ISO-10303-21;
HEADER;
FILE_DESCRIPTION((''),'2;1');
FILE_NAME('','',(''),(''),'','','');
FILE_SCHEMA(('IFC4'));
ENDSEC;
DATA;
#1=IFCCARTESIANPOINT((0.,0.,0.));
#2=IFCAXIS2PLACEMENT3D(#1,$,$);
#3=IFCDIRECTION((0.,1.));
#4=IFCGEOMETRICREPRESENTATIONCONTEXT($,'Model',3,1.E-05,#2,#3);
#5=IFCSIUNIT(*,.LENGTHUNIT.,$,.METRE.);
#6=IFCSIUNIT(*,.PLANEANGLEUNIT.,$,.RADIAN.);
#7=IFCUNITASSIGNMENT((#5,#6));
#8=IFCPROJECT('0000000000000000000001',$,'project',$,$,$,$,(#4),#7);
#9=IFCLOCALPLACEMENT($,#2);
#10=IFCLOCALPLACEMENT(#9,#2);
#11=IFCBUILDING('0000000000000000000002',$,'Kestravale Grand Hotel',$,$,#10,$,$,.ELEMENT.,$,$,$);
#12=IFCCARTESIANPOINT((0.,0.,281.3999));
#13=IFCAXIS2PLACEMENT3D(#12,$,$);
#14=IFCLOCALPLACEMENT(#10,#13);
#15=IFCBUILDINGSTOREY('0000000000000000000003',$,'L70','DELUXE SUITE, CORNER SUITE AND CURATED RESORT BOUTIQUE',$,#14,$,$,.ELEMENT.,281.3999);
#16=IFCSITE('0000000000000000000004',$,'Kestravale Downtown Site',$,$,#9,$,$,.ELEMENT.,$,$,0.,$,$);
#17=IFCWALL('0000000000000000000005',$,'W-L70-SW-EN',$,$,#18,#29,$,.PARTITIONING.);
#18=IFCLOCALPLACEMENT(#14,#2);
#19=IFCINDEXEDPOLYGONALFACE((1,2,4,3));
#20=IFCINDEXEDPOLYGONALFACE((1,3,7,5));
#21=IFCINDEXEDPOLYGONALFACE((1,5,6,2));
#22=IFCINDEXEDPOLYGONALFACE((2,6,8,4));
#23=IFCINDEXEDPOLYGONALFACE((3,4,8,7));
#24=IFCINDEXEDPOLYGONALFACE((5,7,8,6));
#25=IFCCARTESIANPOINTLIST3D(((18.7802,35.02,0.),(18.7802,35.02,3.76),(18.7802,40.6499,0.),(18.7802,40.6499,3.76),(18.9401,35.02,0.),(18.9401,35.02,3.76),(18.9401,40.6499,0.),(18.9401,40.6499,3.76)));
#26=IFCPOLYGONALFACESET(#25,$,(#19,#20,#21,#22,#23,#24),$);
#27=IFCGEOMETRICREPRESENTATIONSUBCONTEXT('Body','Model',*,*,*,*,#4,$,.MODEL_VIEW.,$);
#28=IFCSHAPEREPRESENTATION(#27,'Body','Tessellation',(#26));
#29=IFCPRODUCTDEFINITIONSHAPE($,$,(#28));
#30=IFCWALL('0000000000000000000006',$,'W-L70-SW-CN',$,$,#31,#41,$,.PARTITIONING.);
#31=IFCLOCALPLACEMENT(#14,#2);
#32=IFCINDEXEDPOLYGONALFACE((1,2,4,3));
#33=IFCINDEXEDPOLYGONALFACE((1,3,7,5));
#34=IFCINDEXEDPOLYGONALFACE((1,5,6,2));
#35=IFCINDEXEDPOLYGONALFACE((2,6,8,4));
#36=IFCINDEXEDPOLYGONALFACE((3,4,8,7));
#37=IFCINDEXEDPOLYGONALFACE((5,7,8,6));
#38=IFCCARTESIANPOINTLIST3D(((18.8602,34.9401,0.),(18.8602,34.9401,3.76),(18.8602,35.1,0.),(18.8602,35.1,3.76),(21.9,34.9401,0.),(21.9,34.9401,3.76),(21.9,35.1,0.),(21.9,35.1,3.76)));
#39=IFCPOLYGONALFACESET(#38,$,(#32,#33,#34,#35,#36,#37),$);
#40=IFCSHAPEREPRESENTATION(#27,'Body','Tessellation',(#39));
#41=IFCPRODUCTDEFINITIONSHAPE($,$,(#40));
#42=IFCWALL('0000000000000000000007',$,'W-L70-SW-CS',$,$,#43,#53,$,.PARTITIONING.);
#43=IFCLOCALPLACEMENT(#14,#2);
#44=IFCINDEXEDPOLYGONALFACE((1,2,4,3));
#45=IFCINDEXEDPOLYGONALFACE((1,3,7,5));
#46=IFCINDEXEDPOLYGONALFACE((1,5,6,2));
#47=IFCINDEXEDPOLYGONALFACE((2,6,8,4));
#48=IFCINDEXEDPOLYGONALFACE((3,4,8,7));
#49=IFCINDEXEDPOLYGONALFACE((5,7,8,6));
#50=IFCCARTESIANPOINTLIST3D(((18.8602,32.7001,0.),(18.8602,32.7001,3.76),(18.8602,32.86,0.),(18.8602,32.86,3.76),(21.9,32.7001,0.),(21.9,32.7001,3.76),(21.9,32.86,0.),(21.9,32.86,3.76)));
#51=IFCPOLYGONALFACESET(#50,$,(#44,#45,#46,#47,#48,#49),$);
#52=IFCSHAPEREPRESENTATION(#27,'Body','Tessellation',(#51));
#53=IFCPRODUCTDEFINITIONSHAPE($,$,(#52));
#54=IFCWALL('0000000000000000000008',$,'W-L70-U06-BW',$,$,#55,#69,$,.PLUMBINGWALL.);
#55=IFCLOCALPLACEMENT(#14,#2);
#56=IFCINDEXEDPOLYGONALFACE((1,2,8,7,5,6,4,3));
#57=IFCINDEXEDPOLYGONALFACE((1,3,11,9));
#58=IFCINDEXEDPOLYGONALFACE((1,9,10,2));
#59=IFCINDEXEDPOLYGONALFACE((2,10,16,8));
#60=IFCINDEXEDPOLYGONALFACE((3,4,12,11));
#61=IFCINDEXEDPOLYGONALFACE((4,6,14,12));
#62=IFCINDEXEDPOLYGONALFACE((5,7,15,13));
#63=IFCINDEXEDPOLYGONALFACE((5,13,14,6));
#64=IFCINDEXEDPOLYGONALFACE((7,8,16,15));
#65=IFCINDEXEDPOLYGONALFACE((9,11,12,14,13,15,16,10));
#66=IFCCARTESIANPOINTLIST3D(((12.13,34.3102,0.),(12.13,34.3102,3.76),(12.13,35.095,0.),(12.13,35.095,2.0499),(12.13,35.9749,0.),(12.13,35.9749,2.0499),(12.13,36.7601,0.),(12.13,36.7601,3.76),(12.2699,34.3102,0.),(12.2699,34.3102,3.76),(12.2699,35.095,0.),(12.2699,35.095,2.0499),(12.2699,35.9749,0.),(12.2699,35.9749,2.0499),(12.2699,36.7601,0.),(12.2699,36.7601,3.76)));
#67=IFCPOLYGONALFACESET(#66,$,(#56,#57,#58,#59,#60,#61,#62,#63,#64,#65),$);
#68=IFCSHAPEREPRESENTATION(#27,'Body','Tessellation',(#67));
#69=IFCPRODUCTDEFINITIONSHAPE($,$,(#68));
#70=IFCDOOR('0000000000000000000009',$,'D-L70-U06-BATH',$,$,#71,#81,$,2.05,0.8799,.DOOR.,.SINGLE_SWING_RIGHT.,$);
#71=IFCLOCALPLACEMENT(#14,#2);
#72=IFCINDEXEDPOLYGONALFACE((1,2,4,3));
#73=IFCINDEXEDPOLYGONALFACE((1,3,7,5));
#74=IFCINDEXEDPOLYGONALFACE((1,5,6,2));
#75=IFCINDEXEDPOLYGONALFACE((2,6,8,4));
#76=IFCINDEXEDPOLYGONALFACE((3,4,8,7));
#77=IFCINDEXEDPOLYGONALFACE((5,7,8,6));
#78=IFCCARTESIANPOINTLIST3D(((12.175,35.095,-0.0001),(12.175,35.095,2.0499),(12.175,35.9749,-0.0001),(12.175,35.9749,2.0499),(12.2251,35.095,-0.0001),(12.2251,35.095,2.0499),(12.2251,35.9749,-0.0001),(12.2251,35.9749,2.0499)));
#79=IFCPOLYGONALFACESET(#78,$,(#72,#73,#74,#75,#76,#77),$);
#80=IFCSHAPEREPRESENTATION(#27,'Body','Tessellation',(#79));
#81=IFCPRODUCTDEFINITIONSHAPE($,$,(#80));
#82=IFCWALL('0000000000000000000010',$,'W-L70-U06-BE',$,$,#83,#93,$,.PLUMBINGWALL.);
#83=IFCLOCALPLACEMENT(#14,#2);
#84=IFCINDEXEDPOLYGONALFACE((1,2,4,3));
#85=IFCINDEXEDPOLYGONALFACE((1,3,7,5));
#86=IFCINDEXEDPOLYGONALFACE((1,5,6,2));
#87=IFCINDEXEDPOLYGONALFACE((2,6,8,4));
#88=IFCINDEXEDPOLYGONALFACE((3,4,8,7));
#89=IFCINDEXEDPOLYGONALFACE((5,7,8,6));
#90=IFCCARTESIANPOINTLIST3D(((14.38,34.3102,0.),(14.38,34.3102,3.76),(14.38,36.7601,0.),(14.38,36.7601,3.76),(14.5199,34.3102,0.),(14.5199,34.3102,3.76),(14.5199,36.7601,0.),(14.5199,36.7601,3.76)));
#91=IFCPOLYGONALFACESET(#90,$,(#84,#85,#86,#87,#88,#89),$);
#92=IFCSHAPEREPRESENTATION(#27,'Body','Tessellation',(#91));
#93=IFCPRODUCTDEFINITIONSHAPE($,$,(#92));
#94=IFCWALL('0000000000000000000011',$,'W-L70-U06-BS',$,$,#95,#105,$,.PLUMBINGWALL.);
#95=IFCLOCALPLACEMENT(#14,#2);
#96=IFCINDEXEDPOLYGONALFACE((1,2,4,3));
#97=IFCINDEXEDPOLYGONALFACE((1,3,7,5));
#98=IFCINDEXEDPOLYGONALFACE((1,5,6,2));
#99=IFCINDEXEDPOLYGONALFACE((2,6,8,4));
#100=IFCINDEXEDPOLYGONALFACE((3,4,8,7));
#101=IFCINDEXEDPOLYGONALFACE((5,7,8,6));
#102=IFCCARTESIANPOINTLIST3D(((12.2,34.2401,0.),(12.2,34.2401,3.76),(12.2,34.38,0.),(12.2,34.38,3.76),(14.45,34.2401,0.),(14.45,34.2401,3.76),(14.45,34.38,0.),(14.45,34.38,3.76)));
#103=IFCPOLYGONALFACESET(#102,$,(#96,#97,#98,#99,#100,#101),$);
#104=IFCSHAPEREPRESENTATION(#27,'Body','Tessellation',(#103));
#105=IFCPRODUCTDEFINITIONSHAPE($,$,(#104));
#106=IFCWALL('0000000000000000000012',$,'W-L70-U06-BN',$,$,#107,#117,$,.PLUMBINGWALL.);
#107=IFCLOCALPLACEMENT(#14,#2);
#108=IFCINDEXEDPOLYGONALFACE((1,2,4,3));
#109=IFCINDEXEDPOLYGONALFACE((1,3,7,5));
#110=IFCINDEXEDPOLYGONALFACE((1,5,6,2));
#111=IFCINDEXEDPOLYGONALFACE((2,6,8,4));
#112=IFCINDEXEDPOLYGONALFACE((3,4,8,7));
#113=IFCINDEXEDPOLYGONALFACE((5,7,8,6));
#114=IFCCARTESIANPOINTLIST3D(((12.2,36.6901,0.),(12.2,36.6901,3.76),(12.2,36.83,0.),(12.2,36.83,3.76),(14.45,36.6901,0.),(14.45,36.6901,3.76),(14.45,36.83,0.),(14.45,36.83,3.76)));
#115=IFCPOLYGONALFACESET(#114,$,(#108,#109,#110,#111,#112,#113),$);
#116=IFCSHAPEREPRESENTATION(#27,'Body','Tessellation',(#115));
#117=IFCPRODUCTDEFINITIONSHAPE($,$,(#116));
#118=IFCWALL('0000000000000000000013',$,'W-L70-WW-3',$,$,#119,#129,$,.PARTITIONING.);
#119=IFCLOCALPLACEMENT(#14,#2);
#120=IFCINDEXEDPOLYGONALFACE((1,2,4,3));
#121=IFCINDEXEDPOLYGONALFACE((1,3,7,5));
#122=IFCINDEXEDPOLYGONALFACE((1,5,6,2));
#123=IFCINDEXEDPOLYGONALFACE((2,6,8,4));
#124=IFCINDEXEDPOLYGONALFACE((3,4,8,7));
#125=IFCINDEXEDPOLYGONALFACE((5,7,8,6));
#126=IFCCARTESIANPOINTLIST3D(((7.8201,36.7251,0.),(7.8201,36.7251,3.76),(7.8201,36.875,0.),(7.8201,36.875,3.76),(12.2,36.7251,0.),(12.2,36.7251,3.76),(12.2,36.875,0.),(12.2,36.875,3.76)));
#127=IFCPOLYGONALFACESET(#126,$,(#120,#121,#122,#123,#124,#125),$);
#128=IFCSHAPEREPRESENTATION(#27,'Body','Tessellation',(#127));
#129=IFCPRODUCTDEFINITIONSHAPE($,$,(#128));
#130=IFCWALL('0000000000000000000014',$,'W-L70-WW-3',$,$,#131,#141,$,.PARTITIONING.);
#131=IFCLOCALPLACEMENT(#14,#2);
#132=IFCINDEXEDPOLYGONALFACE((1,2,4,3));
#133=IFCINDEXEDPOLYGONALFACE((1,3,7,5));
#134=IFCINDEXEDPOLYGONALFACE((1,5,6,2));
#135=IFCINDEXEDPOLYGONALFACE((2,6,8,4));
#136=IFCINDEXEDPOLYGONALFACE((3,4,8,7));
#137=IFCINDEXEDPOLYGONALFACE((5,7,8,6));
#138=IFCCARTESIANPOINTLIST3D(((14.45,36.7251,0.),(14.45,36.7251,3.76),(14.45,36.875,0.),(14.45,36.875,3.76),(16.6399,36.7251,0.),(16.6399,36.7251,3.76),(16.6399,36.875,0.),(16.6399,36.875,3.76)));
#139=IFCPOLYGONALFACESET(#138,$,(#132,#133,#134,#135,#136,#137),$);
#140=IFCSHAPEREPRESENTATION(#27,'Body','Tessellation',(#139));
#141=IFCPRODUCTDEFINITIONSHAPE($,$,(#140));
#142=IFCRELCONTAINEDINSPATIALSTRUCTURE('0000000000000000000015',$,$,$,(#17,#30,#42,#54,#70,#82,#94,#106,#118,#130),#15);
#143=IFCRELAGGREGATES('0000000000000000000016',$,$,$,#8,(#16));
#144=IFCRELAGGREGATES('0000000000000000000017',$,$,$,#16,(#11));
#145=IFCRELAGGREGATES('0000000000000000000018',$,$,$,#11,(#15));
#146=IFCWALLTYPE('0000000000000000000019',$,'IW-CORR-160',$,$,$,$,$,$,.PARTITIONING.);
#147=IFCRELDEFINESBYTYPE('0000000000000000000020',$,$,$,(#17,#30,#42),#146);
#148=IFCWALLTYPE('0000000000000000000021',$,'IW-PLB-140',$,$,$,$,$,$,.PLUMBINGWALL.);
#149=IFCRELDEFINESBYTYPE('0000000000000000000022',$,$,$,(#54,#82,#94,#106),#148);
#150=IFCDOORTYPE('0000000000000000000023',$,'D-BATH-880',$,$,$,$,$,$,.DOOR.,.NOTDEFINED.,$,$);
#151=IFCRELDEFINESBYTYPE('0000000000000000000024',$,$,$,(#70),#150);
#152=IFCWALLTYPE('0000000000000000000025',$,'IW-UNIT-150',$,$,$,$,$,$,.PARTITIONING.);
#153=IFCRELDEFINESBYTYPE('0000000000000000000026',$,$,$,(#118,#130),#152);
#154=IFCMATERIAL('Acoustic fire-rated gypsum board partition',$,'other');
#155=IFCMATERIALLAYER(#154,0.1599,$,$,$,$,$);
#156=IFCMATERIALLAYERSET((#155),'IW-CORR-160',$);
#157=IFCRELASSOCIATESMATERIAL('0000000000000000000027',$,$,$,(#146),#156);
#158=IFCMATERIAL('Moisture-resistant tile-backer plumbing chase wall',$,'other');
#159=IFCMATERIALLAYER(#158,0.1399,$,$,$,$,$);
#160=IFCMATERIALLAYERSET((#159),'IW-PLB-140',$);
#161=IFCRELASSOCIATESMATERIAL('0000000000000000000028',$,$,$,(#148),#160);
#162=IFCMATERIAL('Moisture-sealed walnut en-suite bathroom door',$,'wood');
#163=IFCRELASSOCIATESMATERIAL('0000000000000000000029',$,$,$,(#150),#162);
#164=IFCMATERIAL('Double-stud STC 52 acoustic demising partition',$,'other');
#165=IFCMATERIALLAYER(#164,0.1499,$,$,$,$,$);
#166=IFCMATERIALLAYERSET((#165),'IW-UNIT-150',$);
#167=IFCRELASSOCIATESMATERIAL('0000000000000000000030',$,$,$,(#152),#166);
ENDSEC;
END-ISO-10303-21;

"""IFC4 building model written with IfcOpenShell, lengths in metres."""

from ifc_helpers import new_model, si_unit, direction, frame, frame_2d, origin, place, context, subcontext, project, spatial, rectangle, extrude, material, layer, layer_set, type_object, element, fill, save


model = new_model("IFC4")

# Units and contexts
model_context = context("Model", 3, precision=1e-05, world=origin(), true_north=direction((0.0, 1.0)))
body_context = subcontext(model_context, "Body", "Model", "MODEL_VIEW")
ifc_project = project(units=[si_unit("LENGTHUNIT", "METRE"), si_unit("PLANEANGLEUNIT", "RADIAN")], contexts=[model_context])

# Site, building, storey
site_placement = place(None, origin())
site = spatial("IfcSite", under=ifc_project, at=site_placement, Name="Kestravale Downtown Site", CompositionType="ELEMENT", RefElevation=0.0)
building_placement = place(site_placement, origin())
building = spatial("IfcBuilding", under=site, at=building_placement, Name="Kestravale Grand Hotel", CompositionType="ELEMENT")
storey_placement = place(building_placement, frame((0.0, 0.0, 281.3999)))
storey = spatial("IfcBuildingStorey", under=building, at=storey_placement, Name="L70", Description="DELUXE SUITE, CORNER SUITE AND CURATED RESORT BOUTIQUE", CompositionType="ELEMENT", Elevation=281.3999)

# Walls
ifc_material_1 = material(Name="Acoustic fire-rated gypsum board partition", Category="other")
ifc_layer_1 = layer(ifc_material_1, 0.1599)
ifc_layer_set_1 = layer_set([ifc_layer_1], Name="IW-CORR-160")
wall_type_1 = type_object("IfcWallType", Name="IW-CORR-160", PredefinedType="PARTITIONING", material=ifc_layer_set_1)
wall_1_placement = place(storey_placement, frame((18.8601, 35.02, 0.0), z_axis=(0.0, 0.0, 1.0), x_axis=(0.0, 1.0, 0.0)))
element("IfcWall", 1, at=wall_1_placement, inside=storey, type_object=wall_type_1, Name="W-L70-SW-EN", PredefinedType="PARTITIONING", context=body_context, shape_type="SweptSolid", body=[
    extrude(rectangle(XDim=5.6299, YDim=0.1599, at=frame_2d((2.8149, 0.0))), origin(), (0.0, 0.0, 1.0), 3.76),
])
for number, where, z_axis, x_axis, name in (
    (2, (18.8601, 35.02, 0.0), (0.0, 0.0, 1.0), (1.0, 0.0, 0.0), "W-L70-SW-CN"),
    (3, (18.8601, 32.78, 0.0), (0.0, 0.0, 1.0), (1.0, 0.0, 0.0), "W-L70-SW-CS"),
):
    element("IfcWall", number, at=place(storey_placement, frame(where, z_axis=z_axis, x_axis=x_axis)), inside=storey, type_object=wall_type_1, Name=name, PredefinedType="PARTITIONING", context=body_context, shape_type="SweptSolid", body=[
        extrude(rectangle(XDim=3.0398, YDim=0.1599, at=frame_2d((1.52, 0.0))), origin(), (0.0, 0.0, 1.0), 3.76),
    ])

# Wall, opening, door
ifc_material_2 = material(Name="Moisture-resistant tile-backer plumbing chase wall", Category="other")
ifc_layer_2 = layer(ifc_material_2, 0.1399)
ifc_layer_set_2 = layer_set([ifc_layer_2], Name="IW-PLB-140")
wall_type_2 = type_object("IfcWallType", Name="IW-PLB-140", PredefinedType="PLUMBINGWALL", material=ifc_layer_set_2)
wall_2_placement = place(storey_placement, frame((12.2, 34.3101, 0.0), z_axis=(0.0, 0.0, 1.0), x_axis=(0.0, 1.0, 0.0)))
wall_2 = element("IfcWall", 4, at=wall_2_placement, inside=storey, type_object=wall_type_2, Name="W-L70-U06-BW", PredefinedType="PLUMBINGWALL", context=body_context, shape_type="SweptSolid", body=[
    extrude(rectangle(XDim=2.45, YDim=0.1399, at=frame_2d((1.2251, 0.0))), origin(), (0.0, 0.0, 1.0), 3.76),
])
opening_1_placement = place(wall_2_placement, frame((0.7849, 0.0, 0.0)))
opening_1 = element("IfcOpeningElement", 5, at=opening_1_placement, cuts=wall_2, PredefinedType="OPENING", context=body_context, shape_type="SweptSolid", body=[
    extrude(rectangle(XDim=0.8799, YDim=2.05, at=frame_2d((0.4399, 1.0249))), frame((0.0, 0.0798, 0.0), z_axis=(0.0, -1.0, 0.0), x_axis=(1.0, 0.0, 0.0)), (0.0, 0.0, 1.0), 0.1599),
])
ifc_material_3 = material(Name="Moisture-sealed walnut en-suite bathroom door", Category="wood")
door_type_1 = type_object("IfcDoorType", Name="D-BATH-880", OperationType="NOTDEFINED", PredefinedType="DOOR", material=ifc_material_3)
door_1_placement = place(opening_1_placement, origin())
door_1 = element("IfcDoor", 6, at=door_1_placement, inside=storey, type_object=door_type_1, Name="D-L70-U06-BATH", OperationType="SINGLE_SWING_RIGHT", OverallHeight=2.05, OverallWidth=0.8799, PredefinedType="DOOR", context=body_context, shape_type="SweptSolid", body=[
    extrude(rectangle(XDim=0.8799, YDim=2.05, at=frame_2d((0.4399, 1.0249))), frame((0.0, 0.0249, 0.0), z_axis=(0.0, -1.0, 0.0), x_axis=(1.0, 0.0, 0.0)), (0.0, 0.0, 1.0), 0.05),
])
fill(opening_1, door_1)

# Walls
wall_3_placement = place(storey_placement, frame((14.45, 34.3101, 0.0), z_axis=(0.0, 0.0, 1.0), x_axis=(0.0, 1.0, 0.0)))
element("IfcWall", 7, at=wall_3_placement, inside=storey, type_object=wall_type_2, Name="W-L70-U06-BE", PredefinedType="PLUMBINGWALL", context=body_context, shape_type="SweptSolid", body=[
    extrude(rectangle(XDim=2.45, YDim=0.1399, at=frame_2d((1.2251, 0.0))), origin(), (0.0, 0.0, 1.0), 3.76),
])
for number, where, z_axis, x_axis, name in (
    (8, (12.2, 34.3101, 0.0), (0.0, 0.0, 1.0), (1.0, 0.0, 0.0), "W-L70-U06-BS"),
    (9, (12.2, 36.76, 0.0), (0.0, 0.0, 1.0), (1.0, 0.0, 0.0), "W-L70-U06-BN"),
):
    element("IfcWall", number, at=place(storey_placement, frame(where, z_axis=z_axis, x_axis=x_axis)), inside=storey, type_object=wall_type_2, Name=name, PredefinedType="PLUMBINGWALL", context=body_context, shape_type="SweptSolid", body=[
        extrude(rectangle(XDim=2.25, YDim=0.1399, at=frame_2d((1.125, 0.0))), origin(), (0.0, 0.0, 1.0), 3.76),
    ])
ifc_material_4 = material(Name="Double-stud STC 52 acoustic demising partition", Category="other")
ifc_layer_3 = layer(ifc_material_4, 0.1499)
ifc_layer_set_3 = layer_set([ifc_layer_3], Name="IW-UNIT-150")
wall_type_3 = type_object("IfcWallType", Name="IW-UNIT-150", PredefinedType="PARTITIONING", material=ifc_layer_set_3)
wall_4_placement = place(storey_placement, frame((7.8201, 36.8, 0.0), z_axis=(0.0, 0.0, 1.0), x_axis=(1.0, 0.0, 0.0)))
element("IfcWall", 10, at=wall_4_placement, inside=storey, type_object=wall_type_3, Name="W-L70-WW-3", PredefinedType="PARTITIONING", context=body_context, shape_type="SweptSolid", body=[
    extrude(rectangle(XDim=4.3799, YDim=0.1499, at=frame_2d((2.1899, 0.0))), origin(), (0.0, 0.0, 1.0), 3.76),
])
wall_5_placement = place(storey_placement, frame((14.45, 36.8, 0.0), z_axis=(0.0, 0.0, 1.0), x_axis=(1.0, 0.0, 0.0)))
element("IfcWall", 11, at=wall_5_placement, inside=storey, type_object=wall_type_3, Name="W-L70-WW-3", PredefinedType="PARTITIONING", context=body_context, shape_type="SweptSolid", body=[
    extrude(rectangle(XDim=2.1899, YDim=0.1499, at=frame_2d((1.095, 0.0))), origin(), (0.0, 0.0, 1.0), 3.76),
])

save(model, "model.ifc")
